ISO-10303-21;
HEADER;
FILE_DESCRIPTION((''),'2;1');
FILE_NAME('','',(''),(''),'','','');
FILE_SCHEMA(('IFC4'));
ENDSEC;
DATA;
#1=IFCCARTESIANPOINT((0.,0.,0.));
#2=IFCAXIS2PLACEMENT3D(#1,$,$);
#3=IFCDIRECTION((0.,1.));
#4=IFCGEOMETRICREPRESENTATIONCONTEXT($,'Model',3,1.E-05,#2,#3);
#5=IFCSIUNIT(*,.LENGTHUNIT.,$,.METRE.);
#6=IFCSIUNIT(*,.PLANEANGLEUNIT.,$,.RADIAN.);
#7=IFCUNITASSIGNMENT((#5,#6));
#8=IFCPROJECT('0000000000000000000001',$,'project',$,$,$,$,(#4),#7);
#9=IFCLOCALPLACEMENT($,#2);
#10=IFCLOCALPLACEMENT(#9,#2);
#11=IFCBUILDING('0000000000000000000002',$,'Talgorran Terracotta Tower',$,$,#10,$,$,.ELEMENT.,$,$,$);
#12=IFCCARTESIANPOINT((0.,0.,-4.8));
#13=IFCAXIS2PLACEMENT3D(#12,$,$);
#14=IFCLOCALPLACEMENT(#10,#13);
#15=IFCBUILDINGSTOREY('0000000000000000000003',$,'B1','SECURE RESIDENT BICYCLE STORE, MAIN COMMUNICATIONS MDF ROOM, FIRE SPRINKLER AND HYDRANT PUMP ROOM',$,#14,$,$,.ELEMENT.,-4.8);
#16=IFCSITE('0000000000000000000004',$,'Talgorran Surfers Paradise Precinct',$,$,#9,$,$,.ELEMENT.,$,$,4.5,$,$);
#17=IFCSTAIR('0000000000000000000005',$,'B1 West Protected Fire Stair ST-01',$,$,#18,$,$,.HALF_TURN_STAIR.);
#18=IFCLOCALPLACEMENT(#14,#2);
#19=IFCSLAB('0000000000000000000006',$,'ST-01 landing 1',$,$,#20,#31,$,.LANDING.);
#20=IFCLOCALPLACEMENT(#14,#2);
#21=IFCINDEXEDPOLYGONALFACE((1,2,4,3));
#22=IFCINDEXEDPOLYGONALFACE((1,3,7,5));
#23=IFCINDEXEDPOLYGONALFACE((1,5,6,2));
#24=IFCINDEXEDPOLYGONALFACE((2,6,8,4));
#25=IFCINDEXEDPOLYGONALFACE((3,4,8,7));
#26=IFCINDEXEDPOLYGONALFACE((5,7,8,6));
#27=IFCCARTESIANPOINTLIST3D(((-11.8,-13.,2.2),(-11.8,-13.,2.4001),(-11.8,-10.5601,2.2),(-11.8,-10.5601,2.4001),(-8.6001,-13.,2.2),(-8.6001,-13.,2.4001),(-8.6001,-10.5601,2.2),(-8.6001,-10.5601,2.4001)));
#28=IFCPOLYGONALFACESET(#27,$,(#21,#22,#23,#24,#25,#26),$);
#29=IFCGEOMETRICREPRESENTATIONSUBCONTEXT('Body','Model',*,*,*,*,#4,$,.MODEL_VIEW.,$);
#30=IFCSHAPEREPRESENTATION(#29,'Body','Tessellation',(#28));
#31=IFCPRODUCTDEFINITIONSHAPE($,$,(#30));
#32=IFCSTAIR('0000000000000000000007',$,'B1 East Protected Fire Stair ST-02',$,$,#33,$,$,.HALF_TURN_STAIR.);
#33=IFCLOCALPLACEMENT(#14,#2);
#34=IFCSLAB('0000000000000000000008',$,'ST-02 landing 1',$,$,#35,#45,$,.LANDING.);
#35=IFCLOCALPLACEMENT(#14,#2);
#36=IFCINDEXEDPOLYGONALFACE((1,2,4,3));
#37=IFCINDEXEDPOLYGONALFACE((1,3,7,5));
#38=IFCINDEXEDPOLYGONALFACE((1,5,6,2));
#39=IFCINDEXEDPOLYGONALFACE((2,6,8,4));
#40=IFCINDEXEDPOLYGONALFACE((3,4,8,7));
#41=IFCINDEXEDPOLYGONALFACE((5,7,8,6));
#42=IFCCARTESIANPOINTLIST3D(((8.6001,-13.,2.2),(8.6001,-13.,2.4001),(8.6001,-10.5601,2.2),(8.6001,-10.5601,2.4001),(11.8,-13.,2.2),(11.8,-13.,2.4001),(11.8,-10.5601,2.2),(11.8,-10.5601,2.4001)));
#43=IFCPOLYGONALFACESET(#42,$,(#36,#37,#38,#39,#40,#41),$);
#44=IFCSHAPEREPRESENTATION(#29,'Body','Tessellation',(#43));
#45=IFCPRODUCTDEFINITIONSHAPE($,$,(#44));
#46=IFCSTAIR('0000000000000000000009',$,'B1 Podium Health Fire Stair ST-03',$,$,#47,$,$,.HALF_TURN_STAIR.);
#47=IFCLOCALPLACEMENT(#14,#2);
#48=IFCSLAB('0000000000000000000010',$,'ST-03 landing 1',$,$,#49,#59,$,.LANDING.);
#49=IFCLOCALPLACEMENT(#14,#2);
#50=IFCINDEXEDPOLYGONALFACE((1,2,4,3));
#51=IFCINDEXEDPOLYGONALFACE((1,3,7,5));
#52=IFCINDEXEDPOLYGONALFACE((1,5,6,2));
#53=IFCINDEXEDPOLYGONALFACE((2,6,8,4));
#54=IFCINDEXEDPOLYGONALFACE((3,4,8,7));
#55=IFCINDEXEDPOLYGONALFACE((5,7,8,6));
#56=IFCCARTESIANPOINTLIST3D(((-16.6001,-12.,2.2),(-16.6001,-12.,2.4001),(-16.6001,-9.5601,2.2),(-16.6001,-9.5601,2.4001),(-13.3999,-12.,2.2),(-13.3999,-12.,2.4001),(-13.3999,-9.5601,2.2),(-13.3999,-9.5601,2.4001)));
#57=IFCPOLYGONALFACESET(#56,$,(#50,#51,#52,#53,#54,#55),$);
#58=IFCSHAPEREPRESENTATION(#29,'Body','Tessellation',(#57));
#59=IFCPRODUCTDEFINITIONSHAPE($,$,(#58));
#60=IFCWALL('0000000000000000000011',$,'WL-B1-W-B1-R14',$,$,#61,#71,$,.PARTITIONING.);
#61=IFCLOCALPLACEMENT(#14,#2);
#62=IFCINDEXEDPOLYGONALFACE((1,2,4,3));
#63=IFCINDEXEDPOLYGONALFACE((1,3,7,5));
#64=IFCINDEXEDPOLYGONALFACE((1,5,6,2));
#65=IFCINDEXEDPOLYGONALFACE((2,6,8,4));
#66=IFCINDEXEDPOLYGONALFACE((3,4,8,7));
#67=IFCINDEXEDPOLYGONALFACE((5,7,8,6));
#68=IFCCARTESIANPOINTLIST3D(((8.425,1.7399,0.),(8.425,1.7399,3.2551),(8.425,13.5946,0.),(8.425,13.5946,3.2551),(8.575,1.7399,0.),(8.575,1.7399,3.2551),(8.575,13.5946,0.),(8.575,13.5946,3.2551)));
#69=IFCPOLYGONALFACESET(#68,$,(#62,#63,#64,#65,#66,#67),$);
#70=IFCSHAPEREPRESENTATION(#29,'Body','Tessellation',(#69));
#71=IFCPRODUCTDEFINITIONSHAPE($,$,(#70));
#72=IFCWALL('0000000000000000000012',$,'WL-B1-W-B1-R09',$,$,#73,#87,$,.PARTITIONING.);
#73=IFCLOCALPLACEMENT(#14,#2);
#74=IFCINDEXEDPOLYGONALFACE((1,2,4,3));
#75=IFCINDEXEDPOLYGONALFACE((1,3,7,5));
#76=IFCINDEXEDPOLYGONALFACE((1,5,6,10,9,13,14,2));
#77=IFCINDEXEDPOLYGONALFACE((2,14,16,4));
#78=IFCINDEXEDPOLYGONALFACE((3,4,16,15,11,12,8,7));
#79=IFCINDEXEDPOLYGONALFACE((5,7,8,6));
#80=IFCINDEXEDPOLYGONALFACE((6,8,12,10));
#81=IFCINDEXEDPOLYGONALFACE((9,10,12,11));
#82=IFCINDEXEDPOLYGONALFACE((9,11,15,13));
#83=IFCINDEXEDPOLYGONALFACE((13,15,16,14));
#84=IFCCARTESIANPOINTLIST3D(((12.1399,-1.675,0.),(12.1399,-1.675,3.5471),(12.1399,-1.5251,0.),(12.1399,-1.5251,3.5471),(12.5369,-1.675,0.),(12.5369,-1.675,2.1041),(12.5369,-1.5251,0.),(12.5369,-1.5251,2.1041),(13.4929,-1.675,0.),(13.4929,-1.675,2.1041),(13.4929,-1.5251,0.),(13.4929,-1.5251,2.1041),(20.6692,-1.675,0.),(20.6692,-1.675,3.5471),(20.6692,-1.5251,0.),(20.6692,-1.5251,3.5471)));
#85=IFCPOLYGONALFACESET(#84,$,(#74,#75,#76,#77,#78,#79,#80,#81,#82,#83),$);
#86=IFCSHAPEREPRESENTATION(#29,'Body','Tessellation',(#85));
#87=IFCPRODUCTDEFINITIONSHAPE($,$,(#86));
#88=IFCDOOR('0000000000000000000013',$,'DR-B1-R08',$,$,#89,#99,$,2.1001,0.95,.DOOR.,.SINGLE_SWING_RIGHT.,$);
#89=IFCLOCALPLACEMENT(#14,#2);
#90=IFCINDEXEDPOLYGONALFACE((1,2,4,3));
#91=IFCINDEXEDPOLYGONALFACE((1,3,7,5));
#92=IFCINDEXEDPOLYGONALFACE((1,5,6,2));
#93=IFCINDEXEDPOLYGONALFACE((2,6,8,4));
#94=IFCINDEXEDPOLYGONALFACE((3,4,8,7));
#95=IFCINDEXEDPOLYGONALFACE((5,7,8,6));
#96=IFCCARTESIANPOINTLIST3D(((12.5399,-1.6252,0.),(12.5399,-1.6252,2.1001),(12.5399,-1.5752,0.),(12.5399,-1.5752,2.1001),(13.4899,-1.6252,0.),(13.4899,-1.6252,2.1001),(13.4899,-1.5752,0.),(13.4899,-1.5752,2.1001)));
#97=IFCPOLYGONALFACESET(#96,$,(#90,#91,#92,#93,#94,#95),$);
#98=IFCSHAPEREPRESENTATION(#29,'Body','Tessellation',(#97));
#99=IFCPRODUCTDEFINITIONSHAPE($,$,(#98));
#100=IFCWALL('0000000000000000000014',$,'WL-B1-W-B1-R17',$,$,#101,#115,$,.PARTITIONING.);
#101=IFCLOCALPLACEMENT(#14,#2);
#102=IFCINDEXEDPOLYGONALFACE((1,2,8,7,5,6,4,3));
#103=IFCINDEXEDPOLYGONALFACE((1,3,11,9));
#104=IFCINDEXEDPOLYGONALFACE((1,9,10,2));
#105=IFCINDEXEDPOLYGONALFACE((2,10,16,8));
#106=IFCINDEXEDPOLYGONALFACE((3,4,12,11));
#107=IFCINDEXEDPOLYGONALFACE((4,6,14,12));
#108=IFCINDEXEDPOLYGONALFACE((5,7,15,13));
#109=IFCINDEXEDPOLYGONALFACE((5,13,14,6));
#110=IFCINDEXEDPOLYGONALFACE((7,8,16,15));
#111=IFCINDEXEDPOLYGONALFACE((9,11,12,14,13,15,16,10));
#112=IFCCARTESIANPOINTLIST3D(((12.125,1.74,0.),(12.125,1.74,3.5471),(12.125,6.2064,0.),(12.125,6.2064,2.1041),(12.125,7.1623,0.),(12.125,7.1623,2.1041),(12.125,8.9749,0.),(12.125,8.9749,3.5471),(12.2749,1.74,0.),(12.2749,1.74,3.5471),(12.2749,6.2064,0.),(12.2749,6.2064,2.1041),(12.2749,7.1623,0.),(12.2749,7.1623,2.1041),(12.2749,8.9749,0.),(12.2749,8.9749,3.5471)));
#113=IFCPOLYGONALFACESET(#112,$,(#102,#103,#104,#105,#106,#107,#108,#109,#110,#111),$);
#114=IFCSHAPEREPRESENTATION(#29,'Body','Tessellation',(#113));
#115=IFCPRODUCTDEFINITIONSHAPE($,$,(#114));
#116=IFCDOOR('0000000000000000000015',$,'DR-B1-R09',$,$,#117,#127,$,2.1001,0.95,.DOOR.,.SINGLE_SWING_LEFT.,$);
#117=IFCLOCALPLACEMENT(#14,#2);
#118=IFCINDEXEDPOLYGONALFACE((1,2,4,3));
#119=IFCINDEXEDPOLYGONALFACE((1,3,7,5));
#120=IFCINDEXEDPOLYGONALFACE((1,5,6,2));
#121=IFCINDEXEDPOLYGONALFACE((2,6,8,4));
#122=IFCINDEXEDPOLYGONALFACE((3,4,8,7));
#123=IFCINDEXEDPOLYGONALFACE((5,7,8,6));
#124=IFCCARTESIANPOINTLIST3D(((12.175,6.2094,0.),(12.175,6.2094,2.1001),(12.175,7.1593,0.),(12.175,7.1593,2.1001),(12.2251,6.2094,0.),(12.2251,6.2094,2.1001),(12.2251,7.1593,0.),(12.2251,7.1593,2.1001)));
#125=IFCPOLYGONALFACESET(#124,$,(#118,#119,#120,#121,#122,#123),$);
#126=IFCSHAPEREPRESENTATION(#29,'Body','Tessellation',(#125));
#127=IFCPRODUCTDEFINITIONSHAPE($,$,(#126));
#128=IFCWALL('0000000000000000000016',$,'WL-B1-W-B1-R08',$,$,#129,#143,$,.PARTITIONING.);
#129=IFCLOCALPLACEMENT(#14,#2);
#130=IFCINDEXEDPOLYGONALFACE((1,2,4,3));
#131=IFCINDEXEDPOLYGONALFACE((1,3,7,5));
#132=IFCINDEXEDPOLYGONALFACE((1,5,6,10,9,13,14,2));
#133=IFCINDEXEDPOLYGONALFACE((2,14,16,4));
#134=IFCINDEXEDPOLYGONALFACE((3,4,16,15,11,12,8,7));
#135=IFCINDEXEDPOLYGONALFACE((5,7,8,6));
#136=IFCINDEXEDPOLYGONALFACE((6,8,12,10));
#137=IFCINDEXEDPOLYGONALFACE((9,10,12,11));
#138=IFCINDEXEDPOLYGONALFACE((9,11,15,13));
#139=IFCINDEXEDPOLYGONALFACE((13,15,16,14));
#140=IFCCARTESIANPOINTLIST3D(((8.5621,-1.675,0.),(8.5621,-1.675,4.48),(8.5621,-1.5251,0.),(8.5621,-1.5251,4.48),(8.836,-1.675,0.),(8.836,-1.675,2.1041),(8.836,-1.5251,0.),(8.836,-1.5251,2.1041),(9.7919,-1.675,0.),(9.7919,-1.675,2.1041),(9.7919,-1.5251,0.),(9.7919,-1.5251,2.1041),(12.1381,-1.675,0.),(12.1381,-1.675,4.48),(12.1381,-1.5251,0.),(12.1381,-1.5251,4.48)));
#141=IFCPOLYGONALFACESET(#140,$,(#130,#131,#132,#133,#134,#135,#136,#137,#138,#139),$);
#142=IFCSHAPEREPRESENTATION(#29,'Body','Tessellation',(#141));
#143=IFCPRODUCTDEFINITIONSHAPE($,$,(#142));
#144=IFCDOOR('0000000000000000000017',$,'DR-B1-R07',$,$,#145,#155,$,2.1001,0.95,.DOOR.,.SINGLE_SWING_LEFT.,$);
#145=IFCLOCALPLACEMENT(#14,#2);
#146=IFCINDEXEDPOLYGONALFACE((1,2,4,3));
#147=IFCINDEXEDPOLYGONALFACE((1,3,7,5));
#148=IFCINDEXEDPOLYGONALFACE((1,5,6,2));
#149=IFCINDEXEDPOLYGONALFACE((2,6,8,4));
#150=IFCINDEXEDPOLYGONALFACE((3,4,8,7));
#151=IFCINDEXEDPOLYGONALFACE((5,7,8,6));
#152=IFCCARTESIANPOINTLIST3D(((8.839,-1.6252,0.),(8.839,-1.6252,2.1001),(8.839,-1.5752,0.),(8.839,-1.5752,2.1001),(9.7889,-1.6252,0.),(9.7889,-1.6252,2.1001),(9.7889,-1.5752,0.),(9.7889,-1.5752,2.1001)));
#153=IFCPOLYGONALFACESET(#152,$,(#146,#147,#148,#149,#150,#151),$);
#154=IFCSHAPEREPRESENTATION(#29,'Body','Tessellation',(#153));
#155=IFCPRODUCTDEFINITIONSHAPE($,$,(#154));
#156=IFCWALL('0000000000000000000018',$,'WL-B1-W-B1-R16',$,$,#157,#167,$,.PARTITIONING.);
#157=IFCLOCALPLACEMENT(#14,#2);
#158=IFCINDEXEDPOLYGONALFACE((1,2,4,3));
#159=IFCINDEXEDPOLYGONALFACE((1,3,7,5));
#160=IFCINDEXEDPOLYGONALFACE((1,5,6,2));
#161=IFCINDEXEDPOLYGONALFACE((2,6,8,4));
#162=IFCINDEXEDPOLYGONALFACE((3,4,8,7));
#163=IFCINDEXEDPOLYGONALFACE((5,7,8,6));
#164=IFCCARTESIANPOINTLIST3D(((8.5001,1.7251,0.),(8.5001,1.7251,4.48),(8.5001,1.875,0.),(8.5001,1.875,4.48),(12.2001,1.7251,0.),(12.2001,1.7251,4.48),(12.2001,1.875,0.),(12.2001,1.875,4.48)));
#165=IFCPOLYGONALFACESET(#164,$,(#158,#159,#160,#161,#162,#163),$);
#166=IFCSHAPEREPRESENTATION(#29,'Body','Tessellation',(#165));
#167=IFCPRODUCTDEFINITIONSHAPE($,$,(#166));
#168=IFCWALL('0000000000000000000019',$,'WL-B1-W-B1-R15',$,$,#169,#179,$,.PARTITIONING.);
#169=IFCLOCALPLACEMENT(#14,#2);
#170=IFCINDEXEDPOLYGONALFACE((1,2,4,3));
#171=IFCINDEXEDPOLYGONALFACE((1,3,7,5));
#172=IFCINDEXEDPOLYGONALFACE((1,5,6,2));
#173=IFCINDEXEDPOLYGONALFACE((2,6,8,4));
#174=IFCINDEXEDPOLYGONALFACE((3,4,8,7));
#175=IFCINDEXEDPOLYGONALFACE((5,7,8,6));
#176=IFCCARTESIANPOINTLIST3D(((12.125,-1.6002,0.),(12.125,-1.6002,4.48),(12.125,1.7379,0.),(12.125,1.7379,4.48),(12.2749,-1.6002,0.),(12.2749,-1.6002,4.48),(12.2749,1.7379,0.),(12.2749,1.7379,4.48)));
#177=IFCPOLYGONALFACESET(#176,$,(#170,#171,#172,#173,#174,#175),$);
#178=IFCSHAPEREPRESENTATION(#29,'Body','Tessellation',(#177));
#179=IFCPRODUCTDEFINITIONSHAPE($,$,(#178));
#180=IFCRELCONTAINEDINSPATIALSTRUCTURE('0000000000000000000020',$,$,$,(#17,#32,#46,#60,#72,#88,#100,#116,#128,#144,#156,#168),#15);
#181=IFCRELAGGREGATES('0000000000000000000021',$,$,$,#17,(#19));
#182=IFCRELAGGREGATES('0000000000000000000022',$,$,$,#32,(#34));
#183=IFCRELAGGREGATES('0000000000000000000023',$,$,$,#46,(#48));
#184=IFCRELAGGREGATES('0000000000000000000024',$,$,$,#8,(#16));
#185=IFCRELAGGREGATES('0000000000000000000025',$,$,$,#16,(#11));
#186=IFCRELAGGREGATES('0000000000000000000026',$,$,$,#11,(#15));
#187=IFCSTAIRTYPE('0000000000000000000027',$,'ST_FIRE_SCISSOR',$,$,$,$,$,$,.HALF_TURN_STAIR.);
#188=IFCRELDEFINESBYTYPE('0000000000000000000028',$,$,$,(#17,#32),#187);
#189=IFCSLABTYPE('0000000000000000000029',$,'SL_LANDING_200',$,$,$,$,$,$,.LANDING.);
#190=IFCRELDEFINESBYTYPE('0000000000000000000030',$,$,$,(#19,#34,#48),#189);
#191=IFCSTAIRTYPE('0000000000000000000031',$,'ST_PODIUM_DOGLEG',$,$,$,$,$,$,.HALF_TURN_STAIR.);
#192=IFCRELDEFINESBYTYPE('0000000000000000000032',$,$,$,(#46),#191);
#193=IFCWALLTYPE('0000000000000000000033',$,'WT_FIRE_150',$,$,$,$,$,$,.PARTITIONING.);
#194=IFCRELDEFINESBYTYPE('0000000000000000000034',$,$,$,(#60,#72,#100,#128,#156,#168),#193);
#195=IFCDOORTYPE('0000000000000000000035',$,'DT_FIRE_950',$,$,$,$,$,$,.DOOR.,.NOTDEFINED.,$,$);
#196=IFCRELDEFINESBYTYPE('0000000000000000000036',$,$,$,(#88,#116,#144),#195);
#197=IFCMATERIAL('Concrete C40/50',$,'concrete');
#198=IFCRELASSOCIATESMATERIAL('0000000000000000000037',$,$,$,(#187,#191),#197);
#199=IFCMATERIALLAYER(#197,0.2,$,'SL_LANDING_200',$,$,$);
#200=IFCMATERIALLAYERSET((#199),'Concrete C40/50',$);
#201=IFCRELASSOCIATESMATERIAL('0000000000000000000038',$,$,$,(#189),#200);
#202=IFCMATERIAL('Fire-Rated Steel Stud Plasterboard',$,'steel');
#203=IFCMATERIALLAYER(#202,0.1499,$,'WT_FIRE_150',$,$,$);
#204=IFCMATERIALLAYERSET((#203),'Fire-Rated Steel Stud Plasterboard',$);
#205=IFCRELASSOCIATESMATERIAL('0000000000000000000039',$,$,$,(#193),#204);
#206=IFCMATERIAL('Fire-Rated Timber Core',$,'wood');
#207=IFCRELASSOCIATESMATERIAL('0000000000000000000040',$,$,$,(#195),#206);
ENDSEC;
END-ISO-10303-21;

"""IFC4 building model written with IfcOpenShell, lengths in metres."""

from ifc_helpers import new_model, si_unit, direction, frame, frame_2d, origin, place, context, subcontext, project, spatial, polyline, rectangle, outline, extrude, material, layer, layer_set, type_object, element, fill, aggregate, save


model = new_model("IFC4")

# Units and contexts
model_context = context("Model", 3, precision=1e-05, world=origin(), true_north=direction((0.0, 1.0)))
body_context = subcontext(model_context, "Body", "Model", "MODEL_VIEW")
ifc_project = project(units=[si_unit("LENGTHUNIT", "METRE"), si_unit("PLANEANGLEUNIT", "RADIAN")], contexts=[model_context])

# Site, building, storey
site_placement = place(None, origin())
site = spatial("IfcSite", under=ifc_project, at=site_placement, Name="Talgorran Surfers Paradise Precinct", CompositionType="ELEMENT", RefElevation=4.5)
building_placement = place(site_placement, origin())
building = spatial("IfcBuilding", under=site, at=building_placement, Name="Talgorran Terracotta Tower", CompositionType="ELEMENT")
storey_placement = place(building_placement, frame((0.0, 0.0, -4.8)))
storey = spatial("IfcBuildingStorey", under=building, at=storey_placement, Name="B1", Description="SECURE RESIDENT BICYCLE STORE, MAIN COMMUNICATIONS MDF ROOM, FIRE SPRINKLER AND HYDRANT PUMP ROOM", CompositionType="ELEMENT", Elevation=-4.8)

# Stairs, slabs
ifc_material_1 = material(Name="Concrete C40/50", Category="concrete")
stair_type_1 = type_object("IfcStairType", Name="ST_FIRE_SCISSOR", PredefinedType="HALF_TURN_STAIR", material=ifc_material_1)
stair_1_placement = place(storey_placement, origin())
stair_1 = element("IfcStair", 1, at=stair_1_placement, inside=storey, type_object=stair_type_1, Name="B1 West Protected Fire Stair ST-01", PredefinedType="HALF_TURN_STAIR")
ifc_layer_1 = layer(ifc_material_1, 0.2, Name="SL_LANDING_200")
ifc_layer_set_1 = layer_set([ifc_layer_1], Name="Concrete C40/50")
slab_type_1 = type_object("IfcSlabType", Name="SL_LANDING_200", PredefinedType="LANDING", material=ifc_layer_set_1)
slab_1_placement = place(storey_placement, frame((0.0, 0.0, 2.2)))
slab_1 = element("IfcSlab", 2, at=slab_1_placement, type_object=slab_type_1, Name="ST-01 landing 1", PredefinedType="LANDING", context=body_context, shape_type="SweptSolid", body=[
    extrude(outline(polyline([(-11.8, -10.5601), (-11.8, -13.0), (-8.6001, -13.0), (-8.6001, -10.5601), (-11.8, -10.5601)])), origin(), (0.0, 0.0, 1.0), 0.2002),
])
aggregate(stair_1, [slab_1])
stair_2_placement = place(storey_placement, origin())
stair_2 = element("IfcStair", 3, at=stair_2_placement, inside=storey, type_object=stair_type_1, Name="B1 East Protected Fire Stair ST-02", PredefinedType="HALF_TURN_STAIR")
slab_2_placement = place(storey_placement, frame((0.0, 0.0, 2.2)))
slab_2 = element("IfcSlab", 4, at=slab_2_placement, type_object=slab_type_1, Name="ST-02 landing 1", PredefinedType="LANDING", context=body_context, shape_type="SweptSolid", body=[
    extrude(outline(polyline([(8.6001, -10.5601), (8.6001, -13.0), (11.8, -13.0), (11.8, -10.5601), (8.6001, -10.5601)])), origin(), (0.0, 0.0, 1.0), 0.2002),
])
aggregate(stair_2, [slab_2])
stair_type_2 = type_object("IfcStairType", Name="ST_PODIUM_DOGLEG", PredefinedType="HALF_TURN_STAIR", material=ifc_material_1)
stair_3_placement = place(storey_placement, origin())
stair_3 = element("IfcStair", 5, at=stair_3_placement, inside=storey, type_object=stair_type_2, Name="B1 Podium Health Fire Stair ST-03", PredefinedType="HALF_TURN_STAIR")
slab_3_placement = place(storey_placement, frame((0.0, 0.0, 2.2)))
slab_3 = element("IfcSlab", 6, at=slab_3_placement, type_object=slab_type_1, Name="ST-03 landing 1", PredefinedType="LANDING", context=body_context, shape_type="SweptSolid", body=[
    extrude(outline(polyline([(-16.6001, -9.5601), (-16.6001, -12.0), (-13.3999, -12.0), (-13.3999, -9.5601), (-16.6001, -9.5601)])), origin(), (0.0, 0.0, 1.0), 0.2002),
])
aggregate(stair_3, [slab_3])

# Wall
ifc_material_2 = material(Name="Fire-Rated Steel Stud Plasterboard", Category="steel")
ifc_layer_2 = layer(ifc_material_2, 0.1499, Name="WT_FIRE_150")
ifc_layer_set_2 = layer_set([ifc_layer_2], Name="Fire-Rated Steel Stud Plasterboard")
wall_type_1 = type_object("IfcWallType", Name="WT_FIRE_150", PredefinedType="PARTITIONING", material=ifc_layer_set_2)
wall_1_placement = place(storey_placement, frame((8.5, 1.74, 0.0), z_axis=(0.0, 0.0, 1.0), x_axis=(0.0, 1.0, 0.0)))
element("IfcWall", 7, at=wall_1_placement, inside=storey, type_object=wall_type_1, Name="WL-B1-W-B1-R14", PredefinedType="PARTITIONING", context=body_context, shape_type="SweptSolid", body=[
    extrude(rectangle(XDim=11.8547, YDim=0.1499, at=frame_2d((5.9272, 0.0))), origin(), (0.0, 0.0, 1.0), 3.2551),
])

# Walls, openings, doors
wall_2_placement = place(storey_placement, frame((12.1399, -1.6001, 0.0), z_axis=(0.0, 0.0, 1.0), x_axis=(1.0, 0.0, 0.0)))
wall_2 = element("IfcWall", 8, at=wall_2_placement, inside=storey, type_object=wall_type_1, Name="WL-B1-W-B1-R09", PredefinedType="PARTITIONING", context=body_context, shape_type="SweptSolid", body=[
    extrude(rectangle(XDim=8.5293, YDim=0.1499, at=frame_2d((4.2646, 0.0))), origin(), (0.0, 0.0, 1.0), 3.5471),
])
opening_1_placement = place(wall_2_placement, frame((0.3999, 0.0, 0.0)))
opening_1 = element("IfcOpeningElement", 9, at=opening_1_placement, cuts=wall_2, PredefinedType="OPENING", context=body_context, shape_type="SweptSolid", body=[
    extrude(rectangle(XDim=0.956, YDim=2.1041, at=frame_2d((0.4751, 1.052))), frame((0.0, 0.085, 0.0), z_axis=(0.0, -1.0, 0.0), x_axis=(1.0, 0.0, 0.0)), (0.0, 0.0, 1.0), 0.1699),
])
ifc_material_3 = material(Name="Fire-Rated Timber Core", Category="wood")
door_type = type_object("IfcDoorType", Name="DT_FIRE_950", OperationType="NOTDEFINED", PredefinedType="DOOR", material=ifc_material_3)
door_1_placement = place(opening_1_placement, origin())
door_1 = element("IfcDoor", 10, at=door_1_placement, inside=storey, type_object=door_type, Name="DR-B1-R08", OperationType="SINGLE_SWING_RIGHT", OverallHeight=2.1001, OverallWidth=0.95, PredefinedType="DOOR", context=body_context, shape_type="SweptSolid", body=[
    extrude(rectangle(XDim=0.95, YDim=2.1001, at=frame_2d((0.4751, 1.05))), frame((0.0, 0.0249, 0.0), z_axis=(0.0, -1.0, 0.0), x_axis=(1.0, 0.0, 0.0)), (0.0, 0.0, 1.0), 0.05),
])
fill(opening_1, door_1)
wall_3_placement = place(storey_placement, frame((12.2, 1.74, 0.0), z_axis=(0.0, 0.0, 1.0), x_axis=(0.0, 1.0, 0.0)))
wall_3 = element("IfcWall", 11, at=wall_3_placement, inside=storey, type_object=wall_type_1, Name="WL-B1-W-B1-R17", PredefinedType="PARTITIONING", context=body_context, shape_type="SweptSolid", body=[
    extrude(rectangle(XDim=7.2349, YDim=0.1499, at=frame_2d((3.6174, 0.0))), origin(), (0.0, 0.0, 1.0), 3.5471),
])
opening_2_placement = place(wall_3_placement, frame((4.4692, 0.0, 0.0)))
opening_2 = element("IfcOpeningElement", 12, at=opening_2_placement, cuts=wall_3, PredefinedType="OPENING", context=body_context, shape_type="SweptSolid", body=[
    extrude(rectangle(XDim=0.956, YDim=2.1041, at=frame_2d((0.4751, 1.052))), frame((0.0, 0.085, 0.0), z_axis=(0.0, -1.0, 0.0), x_axis=(1.0, 0.0, 0.0)), (0.0, 0.0, 1.0), 0.1699),
])
door_2_placement = place(opening_2_placement, origin())
door_2 = element("IfcDoor", 13, at=door_2_placement, inside=storey, type_object=door_type, Name="DR-B1-R09", OperationType="SINGLE_SWING_LEFT", OverallHeight=2.1001, OverallWidth=0.95, PredefinedType="DOOR", context=body_context, shape_type="SweptSolid", body=[
    extrude(rectangle(XDim=0.95, YDim=2.1001, at=frame_2d((0.4751, 1.05))), frame((0.0, 0.0249, 0.0), z_axis=(0.0, -1.0, 0.0), x_axis=(1.0, 0.0, 0.0)), (0.0, 0.0, 1.0), 0.05),
])
fill(opening_2, door_2)
wall_4_placement = place(storey_placement, frame((8.562, -1.6001, 0.0), z_axis=(0.0, 0.0, 1.0), x_axis=(1.0, 0.0, 0.0)))
wall_4 = element("IfcWall", 14, at=wall_4_placement, inside=storey, type_object=wall_type_1, Name="WL-B1-W-B1-R08", PredefinedType="PARTITIONING", context=body_context, shape_type="SweptSolid", body=[
    extrude(rectangle(XDim=3.5759, YDim=0.1499, at=frame_2d((1.7881, 0.0))), origin(), (0.0, 0.0, 1.0), 4.48),
])
opening_3_placement = place(wall_4_placement, frame((0.2769, 0.0, 0.0)))
opening_3 = element("IfcOpeningElement", 15, at=opening_3_placement, cuts=wall_4, PredefinedType="OPENING", context=body_context, shape_type="SweptSolid", body=[
    extrude(rectangle(XDim=0.956, YDim=2.1041, at=frame_2d((0.4751, 1.052))), frame((0.0, 0.085, 0.0), z_axis=(0.0, -1.0, 0.0), x_axis=(1.0, 0.0, 0.0)), (0.0, 0.0, 1.0), 0.1699),
])
door_3_placement = place(opening_3_placement, origin())
door_3 = element("IfcDoor", 16, at=door_3_placement, inside=storey, type_object=door_type, Name="DR-B1-R07", OperationType="SINGLE_SWING_LEFT", OverallHeight=2.1001, OverallWidth=0.95, PredefinedType="DOOR", context=body_context, shape_type="SweptSolid", body=[
    extrude(rectangle(XDim=0.95, YDim=2.1001, at=frame_2d((0.4751, 1.05))), frame((0.0, 0.0249, 0.0), z_axis=(0.0, -1.0, 0.0), x_axis=(1.0, 0.0, 0.0)), (0.0, 0.0, 1.0), 0.05),
])
fill(opening_3, door_3)

# Walls
wall_5_placement = place(storey_placement, frame((8.5, 1.8, 0.0), z_axis=(0.0, 0.0, 1.0), x_axis=(1.0, 0.0, 0.0)))
element("IfcWall", 17, at=wall_5_placement, inside=storey, type_object=wall_type_1, Name="WL-B1-W-B1-R16", PredefinedType="PARTITIONING", context=body_context, shape_type="SweptSolid", body=[
    extrude(rectangle(XDim=3.7, YDim=0.1499, at=frame_2d((1.8501, 0.0))), origin(), (0.0, 0.0, 1.0), 4.48),
])
wall_6_placement = place(storey_placement, frame((12.2, -1.6001, 0.0), z_axis=(0.0, 0.0, 1.0), x_axis=(0.0, 1.0, 0.0)))
element("IfcWall", 18, at=wall_6_placement, inside=storey, type_object=wall_type_1, Name="WL-B1-W-B1-R15", PredefinedType="PARTITIONING", context=body_context, shape_type="SweptSolid", body=[
    extrude(rectangle(XDim=3.3381, YDim=0.1499, at=frame_2d((1.6689, 0.0))), origin(), (0.0, 0.0, 1.0), 4.48),
])

save(model, "model.ifc")
